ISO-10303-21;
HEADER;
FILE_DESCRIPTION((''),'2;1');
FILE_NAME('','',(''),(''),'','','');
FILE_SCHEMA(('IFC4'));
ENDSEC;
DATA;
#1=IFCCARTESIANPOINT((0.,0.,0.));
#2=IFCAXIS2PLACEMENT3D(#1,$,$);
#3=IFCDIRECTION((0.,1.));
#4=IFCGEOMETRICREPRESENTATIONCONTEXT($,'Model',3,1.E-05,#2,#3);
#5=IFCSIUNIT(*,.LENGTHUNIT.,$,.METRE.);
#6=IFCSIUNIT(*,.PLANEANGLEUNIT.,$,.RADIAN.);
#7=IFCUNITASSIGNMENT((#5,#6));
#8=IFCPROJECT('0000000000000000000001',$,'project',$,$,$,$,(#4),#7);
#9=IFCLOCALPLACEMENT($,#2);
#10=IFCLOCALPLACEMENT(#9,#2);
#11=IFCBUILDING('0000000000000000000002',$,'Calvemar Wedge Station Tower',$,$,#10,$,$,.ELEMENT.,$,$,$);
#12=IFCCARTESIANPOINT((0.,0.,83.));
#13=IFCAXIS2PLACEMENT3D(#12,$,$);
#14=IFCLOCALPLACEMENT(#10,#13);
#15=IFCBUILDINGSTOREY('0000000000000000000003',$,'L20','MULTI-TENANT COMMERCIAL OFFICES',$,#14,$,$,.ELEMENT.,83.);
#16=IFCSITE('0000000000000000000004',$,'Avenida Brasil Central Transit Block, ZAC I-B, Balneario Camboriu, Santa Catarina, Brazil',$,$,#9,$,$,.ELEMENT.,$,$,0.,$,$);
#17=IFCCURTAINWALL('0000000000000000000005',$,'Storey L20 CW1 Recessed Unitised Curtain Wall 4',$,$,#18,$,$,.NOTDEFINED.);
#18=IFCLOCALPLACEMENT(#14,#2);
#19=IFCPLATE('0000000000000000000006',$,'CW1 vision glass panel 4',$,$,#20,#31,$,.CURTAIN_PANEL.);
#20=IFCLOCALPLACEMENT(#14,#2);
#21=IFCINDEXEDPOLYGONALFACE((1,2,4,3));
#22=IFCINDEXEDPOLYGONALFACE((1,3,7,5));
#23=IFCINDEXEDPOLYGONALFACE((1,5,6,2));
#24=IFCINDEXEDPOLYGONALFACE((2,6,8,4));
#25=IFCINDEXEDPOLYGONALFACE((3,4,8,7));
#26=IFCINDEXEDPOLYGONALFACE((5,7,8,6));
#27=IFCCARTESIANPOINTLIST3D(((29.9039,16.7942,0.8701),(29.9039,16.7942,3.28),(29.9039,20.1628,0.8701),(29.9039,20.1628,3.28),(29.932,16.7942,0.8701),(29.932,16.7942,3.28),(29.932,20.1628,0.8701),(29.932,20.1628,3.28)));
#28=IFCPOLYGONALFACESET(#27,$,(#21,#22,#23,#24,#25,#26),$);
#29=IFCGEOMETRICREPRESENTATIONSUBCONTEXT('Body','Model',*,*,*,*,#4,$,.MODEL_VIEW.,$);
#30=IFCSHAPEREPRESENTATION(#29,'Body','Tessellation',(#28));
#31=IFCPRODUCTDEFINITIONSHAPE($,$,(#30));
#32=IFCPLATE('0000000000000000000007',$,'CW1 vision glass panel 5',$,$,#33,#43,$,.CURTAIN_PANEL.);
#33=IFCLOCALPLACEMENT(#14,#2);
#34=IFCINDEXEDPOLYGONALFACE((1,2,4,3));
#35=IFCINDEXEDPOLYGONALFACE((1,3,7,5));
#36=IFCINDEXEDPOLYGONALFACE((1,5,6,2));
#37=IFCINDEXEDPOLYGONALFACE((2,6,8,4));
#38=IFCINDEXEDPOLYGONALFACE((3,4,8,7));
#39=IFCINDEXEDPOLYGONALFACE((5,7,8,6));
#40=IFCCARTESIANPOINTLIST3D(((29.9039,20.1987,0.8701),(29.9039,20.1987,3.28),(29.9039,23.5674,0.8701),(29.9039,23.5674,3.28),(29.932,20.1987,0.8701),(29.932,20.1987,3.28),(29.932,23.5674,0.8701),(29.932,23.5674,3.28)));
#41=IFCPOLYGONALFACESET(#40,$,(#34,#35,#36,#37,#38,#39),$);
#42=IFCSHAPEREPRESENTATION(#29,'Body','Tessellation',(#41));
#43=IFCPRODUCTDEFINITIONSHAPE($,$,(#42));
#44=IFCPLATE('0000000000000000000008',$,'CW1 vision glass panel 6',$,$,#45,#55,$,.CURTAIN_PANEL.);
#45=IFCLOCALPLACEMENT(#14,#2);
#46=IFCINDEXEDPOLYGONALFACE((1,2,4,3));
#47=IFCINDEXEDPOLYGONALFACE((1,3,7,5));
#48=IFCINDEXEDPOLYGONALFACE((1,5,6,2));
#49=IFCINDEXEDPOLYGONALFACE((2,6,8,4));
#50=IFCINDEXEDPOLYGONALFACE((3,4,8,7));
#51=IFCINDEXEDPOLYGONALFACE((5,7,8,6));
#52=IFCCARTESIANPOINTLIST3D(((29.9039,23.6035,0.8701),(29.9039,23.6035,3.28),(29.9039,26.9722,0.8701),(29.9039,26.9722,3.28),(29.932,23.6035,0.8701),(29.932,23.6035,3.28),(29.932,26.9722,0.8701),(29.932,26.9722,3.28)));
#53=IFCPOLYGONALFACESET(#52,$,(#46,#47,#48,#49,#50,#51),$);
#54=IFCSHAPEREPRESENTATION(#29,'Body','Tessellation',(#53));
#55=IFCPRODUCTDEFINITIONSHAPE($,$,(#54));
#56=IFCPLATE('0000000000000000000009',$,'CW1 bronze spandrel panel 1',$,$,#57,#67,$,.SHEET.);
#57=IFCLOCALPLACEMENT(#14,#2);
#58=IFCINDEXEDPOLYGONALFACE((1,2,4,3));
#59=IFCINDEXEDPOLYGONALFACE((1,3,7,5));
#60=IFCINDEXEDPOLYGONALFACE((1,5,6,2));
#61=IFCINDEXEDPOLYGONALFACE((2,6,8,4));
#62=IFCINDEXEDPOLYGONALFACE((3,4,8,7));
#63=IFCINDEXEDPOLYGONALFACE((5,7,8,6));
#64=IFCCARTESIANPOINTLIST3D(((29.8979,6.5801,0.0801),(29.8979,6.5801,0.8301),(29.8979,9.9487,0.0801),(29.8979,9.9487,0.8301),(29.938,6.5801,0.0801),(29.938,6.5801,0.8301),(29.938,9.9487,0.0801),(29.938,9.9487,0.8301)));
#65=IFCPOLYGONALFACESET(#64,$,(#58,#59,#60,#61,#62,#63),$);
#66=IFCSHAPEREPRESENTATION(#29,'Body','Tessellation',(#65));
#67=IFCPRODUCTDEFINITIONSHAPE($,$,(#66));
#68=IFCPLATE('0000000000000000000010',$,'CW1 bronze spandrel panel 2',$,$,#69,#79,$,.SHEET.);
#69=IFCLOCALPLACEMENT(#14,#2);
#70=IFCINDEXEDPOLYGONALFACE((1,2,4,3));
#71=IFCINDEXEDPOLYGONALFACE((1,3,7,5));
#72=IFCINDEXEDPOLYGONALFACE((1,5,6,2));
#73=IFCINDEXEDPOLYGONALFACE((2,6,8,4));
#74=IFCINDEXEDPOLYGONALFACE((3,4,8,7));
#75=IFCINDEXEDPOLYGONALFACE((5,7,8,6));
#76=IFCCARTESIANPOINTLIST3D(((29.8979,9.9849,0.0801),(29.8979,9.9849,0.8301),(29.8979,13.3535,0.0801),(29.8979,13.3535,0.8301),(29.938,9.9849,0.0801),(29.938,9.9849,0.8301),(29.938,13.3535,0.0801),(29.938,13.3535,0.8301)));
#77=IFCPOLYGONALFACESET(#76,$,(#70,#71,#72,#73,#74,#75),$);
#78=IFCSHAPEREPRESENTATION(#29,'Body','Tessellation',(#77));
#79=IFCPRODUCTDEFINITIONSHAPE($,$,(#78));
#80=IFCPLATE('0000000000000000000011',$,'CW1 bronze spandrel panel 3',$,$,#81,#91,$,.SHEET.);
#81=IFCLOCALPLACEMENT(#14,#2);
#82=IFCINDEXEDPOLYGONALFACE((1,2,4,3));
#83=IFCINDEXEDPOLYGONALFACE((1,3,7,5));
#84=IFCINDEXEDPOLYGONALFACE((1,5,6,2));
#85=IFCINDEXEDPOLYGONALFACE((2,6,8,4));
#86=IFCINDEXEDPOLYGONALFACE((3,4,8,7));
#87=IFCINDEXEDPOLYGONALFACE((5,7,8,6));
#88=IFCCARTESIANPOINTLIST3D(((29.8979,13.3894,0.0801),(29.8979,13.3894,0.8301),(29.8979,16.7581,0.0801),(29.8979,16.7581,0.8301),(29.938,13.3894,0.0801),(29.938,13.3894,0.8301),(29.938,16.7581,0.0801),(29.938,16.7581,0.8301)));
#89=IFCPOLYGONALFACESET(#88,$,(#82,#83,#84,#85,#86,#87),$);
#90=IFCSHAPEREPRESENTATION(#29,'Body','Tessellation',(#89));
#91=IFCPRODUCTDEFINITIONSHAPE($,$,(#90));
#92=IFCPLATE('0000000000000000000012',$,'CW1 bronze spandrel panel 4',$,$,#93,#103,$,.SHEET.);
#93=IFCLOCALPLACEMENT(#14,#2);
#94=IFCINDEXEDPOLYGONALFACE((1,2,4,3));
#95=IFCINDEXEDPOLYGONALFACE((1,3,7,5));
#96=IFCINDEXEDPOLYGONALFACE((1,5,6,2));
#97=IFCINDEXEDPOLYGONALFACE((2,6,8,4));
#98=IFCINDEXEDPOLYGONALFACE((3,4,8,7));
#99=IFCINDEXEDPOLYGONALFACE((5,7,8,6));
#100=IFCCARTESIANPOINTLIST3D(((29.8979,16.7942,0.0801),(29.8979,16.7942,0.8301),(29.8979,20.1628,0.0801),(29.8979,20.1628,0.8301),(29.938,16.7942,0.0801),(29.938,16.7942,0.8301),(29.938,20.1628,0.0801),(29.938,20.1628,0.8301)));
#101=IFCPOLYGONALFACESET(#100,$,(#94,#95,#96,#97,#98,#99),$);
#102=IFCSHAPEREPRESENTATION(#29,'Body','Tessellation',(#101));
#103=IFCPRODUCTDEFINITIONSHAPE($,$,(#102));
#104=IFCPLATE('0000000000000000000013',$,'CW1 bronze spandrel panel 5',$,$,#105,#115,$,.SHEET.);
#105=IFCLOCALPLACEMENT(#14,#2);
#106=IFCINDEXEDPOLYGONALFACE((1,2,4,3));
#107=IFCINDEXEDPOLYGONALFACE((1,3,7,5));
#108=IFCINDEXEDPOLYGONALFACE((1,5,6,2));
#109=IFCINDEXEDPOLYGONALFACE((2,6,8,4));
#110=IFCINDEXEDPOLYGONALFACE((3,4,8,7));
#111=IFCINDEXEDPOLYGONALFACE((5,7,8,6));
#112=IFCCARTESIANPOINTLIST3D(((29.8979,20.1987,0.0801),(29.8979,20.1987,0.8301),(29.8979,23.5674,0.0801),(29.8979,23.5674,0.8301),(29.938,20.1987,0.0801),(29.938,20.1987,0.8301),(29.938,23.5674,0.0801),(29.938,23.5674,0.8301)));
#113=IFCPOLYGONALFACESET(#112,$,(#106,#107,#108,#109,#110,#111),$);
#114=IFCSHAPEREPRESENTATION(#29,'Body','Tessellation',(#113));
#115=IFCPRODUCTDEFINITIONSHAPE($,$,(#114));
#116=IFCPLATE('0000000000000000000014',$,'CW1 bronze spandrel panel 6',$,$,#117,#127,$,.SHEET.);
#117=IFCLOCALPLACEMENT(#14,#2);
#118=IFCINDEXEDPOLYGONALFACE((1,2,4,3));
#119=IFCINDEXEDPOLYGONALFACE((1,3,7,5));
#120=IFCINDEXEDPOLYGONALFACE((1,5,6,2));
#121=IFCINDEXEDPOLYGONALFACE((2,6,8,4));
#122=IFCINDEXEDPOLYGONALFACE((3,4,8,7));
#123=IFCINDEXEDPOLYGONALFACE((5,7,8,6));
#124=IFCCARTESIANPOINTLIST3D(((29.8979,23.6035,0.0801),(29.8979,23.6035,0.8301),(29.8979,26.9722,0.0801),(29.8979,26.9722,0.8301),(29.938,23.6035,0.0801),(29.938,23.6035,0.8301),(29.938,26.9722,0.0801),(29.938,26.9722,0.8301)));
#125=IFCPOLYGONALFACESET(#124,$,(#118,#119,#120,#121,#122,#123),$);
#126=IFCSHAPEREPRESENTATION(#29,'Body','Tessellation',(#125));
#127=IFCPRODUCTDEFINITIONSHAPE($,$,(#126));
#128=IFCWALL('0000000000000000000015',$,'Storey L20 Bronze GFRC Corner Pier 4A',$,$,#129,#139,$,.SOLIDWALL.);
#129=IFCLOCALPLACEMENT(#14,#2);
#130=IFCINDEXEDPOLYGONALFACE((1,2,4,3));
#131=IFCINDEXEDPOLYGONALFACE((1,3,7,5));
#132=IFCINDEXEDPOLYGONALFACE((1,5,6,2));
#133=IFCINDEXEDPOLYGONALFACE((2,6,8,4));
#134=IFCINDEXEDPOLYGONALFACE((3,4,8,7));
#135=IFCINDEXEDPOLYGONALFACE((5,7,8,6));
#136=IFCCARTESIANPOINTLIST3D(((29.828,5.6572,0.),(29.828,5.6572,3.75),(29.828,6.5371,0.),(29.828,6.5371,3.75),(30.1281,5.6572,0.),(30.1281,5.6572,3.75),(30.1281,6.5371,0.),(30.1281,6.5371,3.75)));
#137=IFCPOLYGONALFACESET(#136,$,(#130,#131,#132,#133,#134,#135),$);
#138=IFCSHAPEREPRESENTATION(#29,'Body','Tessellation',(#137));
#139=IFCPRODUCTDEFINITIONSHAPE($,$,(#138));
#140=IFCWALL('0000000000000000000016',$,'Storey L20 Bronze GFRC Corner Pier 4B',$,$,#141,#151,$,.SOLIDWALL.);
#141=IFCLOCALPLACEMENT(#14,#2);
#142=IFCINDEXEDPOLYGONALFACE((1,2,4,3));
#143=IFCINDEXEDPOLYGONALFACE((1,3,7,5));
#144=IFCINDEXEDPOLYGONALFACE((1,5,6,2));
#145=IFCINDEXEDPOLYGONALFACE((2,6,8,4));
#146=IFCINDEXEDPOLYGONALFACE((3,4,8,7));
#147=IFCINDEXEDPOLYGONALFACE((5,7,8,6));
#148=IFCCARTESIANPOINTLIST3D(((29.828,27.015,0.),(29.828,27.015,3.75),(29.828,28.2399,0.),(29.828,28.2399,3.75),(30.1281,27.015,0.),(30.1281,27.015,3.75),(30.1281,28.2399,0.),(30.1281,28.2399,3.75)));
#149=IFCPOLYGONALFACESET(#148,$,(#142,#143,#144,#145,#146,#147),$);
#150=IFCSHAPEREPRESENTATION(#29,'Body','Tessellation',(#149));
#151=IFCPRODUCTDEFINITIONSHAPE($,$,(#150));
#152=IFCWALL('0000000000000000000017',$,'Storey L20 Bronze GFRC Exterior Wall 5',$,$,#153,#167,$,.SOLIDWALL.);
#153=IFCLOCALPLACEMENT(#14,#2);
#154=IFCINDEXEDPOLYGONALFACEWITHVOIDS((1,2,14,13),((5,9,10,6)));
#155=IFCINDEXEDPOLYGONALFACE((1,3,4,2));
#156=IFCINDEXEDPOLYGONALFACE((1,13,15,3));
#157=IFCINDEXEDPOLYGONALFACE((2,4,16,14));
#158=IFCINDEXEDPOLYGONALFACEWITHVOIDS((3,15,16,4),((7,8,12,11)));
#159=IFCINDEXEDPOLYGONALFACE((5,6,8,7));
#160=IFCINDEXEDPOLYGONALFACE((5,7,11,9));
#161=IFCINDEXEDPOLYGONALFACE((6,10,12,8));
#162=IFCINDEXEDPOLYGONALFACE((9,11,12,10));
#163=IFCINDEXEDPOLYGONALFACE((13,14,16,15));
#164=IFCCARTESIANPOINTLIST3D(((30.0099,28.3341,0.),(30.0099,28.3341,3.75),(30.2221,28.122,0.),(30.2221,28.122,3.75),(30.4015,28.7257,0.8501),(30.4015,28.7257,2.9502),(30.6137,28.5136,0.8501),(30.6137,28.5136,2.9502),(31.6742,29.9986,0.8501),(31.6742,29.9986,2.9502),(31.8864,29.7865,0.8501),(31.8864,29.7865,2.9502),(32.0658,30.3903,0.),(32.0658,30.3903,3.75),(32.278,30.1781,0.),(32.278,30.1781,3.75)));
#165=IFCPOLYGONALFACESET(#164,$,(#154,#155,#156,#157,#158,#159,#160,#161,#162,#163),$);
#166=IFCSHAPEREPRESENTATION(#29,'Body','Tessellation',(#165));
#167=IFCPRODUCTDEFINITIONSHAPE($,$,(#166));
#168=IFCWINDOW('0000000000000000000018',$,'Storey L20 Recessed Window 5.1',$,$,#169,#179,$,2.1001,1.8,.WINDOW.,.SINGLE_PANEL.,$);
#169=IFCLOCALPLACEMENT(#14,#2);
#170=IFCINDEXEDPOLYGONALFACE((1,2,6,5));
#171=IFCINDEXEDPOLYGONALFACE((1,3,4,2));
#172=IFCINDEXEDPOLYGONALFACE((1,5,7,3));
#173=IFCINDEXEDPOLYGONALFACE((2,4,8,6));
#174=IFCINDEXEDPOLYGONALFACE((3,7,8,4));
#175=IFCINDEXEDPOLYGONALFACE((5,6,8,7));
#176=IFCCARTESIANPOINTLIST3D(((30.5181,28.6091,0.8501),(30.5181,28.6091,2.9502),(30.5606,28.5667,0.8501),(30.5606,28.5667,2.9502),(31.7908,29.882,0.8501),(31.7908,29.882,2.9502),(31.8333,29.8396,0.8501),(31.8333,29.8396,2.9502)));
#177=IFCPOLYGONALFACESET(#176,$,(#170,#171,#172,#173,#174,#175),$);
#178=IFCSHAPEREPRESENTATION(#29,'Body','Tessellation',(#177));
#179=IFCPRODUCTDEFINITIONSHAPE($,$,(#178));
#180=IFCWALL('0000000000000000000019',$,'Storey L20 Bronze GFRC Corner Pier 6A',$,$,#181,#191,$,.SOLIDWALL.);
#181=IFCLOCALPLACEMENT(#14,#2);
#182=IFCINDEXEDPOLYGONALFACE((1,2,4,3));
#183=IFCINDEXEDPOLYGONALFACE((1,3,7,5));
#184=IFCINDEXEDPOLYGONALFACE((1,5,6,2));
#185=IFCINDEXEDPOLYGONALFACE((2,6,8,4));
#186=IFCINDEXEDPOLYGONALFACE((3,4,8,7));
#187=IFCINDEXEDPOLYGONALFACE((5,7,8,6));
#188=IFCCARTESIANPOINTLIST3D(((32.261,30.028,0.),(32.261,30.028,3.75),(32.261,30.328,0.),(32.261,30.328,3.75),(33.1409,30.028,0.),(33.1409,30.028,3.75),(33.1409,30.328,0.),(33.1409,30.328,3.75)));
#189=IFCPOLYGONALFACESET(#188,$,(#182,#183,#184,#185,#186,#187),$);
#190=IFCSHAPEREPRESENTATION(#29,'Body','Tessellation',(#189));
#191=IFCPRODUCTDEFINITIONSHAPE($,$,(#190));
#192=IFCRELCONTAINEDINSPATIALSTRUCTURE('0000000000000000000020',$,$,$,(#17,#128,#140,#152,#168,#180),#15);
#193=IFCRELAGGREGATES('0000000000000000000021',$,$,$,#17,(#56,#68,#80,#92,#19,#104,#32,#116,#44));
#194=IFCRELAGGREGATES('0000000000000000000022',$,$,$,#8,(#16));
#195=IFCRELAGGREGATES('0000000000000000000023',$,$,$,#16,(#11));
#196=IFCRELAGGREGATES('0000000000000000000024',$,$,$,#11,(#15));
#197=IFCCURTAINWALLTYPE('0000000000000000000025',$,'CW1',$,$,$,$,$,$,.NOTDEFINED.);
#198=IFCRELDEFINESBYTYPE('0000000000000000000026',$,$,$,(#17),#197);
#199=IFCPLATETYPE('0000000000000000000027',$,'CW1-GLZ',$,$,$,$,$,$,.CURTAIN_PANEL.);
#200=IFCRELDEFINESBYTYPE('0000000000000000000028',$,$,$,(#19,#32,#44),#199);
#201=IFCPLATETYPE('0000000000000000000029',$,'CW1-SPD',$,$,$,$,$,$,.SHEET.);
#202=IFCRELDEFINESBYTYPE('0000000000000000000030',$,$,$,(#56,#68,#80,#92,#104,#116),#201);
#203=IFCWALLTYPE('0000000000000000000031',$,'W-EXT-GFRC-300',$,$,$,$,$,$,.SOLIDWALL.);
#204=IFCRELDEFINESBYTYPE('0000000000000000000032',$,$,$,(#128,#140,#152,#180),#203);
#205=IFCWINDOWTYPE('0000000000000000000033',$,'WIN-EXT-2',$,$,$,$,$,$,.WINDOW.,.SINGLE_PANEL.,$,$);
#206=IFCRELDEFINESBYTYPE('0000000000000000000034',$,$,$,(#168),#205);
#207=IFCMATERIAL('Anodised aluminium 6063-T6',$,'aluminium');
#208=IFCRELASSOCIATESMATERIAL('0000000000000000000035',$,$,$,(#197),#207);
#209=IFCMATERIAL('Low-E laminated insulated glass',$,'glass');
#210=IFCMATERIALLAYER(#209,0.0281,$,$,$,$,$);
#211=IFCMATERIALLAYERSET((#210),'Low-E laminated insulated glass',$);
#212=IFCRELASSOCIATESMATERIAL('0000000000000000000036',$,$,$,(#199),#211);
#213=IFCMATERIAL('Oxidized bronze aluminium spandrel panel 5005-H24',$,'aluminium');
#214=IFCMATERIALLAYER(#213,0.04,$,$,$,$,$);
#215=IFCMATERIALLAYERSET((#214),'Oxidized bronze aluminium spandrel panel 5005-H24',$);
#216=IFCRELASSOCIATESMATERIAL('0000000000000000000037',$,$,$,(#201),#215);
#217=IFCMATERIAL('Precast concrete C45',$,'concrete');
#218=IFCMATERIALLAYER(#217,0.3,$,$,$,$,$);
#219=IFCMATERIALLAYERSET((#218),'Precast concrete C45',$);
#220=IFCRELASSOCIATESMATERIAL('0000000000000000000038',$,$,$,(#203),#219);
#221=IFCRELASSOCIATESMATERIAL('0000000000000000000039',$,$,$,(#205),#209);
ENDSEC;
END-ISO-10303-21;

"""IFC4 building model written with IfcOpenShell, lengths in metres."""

from ifc_helpers import new_model, si_unit, direction, frame, frame_2d, origin, place, context, subcontext, project, spatial, rectangle, extrude, source, transform, mapped, material, layer, layer_set, type_object, element, fill, aggregate, save


model = new_model("IFC4")

# Units and contexts
model_context = context("Model", 3, precision=1e-05, world=origin(), true_north=direction((0.0, 1.0)))
body_context = subcontext(model_context, "Body", "Model", "MODEL_VIEW")
ifc_project = project(units=[si_unit("LENGTHUNIT", "METRE"), si_unit("PLANEANGLEUNIT", "RADIAN")], contexts=[model_context])

# Site, building, storey
site_placement = place(None, origin())
site = spatial("IfcSite", under=ifc_project, at=site_placement, Name="Avenida Brasil Central Transit Block, ZAC I-B, Balneario Camboriu, Santa Catarina, Brazil", CompositionType="ELEMENT", RefElevation=0.0)
building_placement = place(site_placement, origin())
building = spatial("IfcBuilding", under=site, at=building_placement, Name="Calvemar Wedge Station Tower", CompositionType="ELEMENT")
storey_placement = place(building_placement, frame((0.0, 0.0, 83.0)))
storey = spatial("IfcBuildingStorey", under=building, at=storey_placement, Name="L20", Description="MULTI-TENANT COMMERCIAL OFFICES", CompositionType="ELEMENT", Elevation=83.0)

# Curtain wall, plates
ifc_material_1 = material(Name="Anodised aluminium 6063-T6", Category="aluminium")
curtain_wall_type = type_object("IfcCurtainWallType", Name="CW1", PredefinedType="NOTDEFINED", material=ifc_material_1)
curtain_wall_placement = place(storey_placement, origin())
curtain_wall = element("IfcCurtainWall", 1, at=curtain_wall_placement, inside=storey, type_object=curtain_wall_type, Name="Storey L20 CW1 Recessed Unitised Curtain Wall 4", PredefinedType="NOTDEFINED")
ifc_material_2 = material(Name="Low-E laminated insulated glass", Category="glass")
ifc_layer_1 = layer(ifc_material_2, 0.0281)
ifc_layer_set_1 = layer_set([ifc_layer_1], Name="Low-E laminated insulated glass")
plate_type_1 = type_object("IfcPlateType", Name="CW1-GLZ", PredefinedType="CURTAIN_PANEL", material=ifc_layer_set_1)
plate_1_placement = place(storey_placement, frame((29.918, 16.7942, 0.8701), z_axis=(0.0, 0.0, 1.0), x_axis=(0.0, 1.0, 0.0)))
plate_1 = element("IfcPlate", 2, at=plate_1_placement, type_object=plate_type_1, Name="CW1 vision glass panel 4", PredefinedType="CURTAIN_PANEL", context=body_context, shape_type="SweptSolid", body=[
    extrude(rectangle(XDim=3.3687, YDim=0.0281, at=frame_2d((1.6843, 0.0))), origin(), (0.0, 0.0, 1.0), 2.4099),
])
plate_2_placement = place(storey_placement, frame((29.918, 20.1987, 0.8701), z_axis=(0.0, 0.0, 1.0), x_axis=(0.0, 1.0, 0.0)))
plate_2 = element("IfcPlate", 3, at=plate_2_placement, type_object=plate_type_1, Name="CW1 vision glass panel 5", PredefinedType="CURTAIN_PANEL", context=body_context, shape_type="SweptSolid", body=[
    extrude(rectangle(XDim=3.3687, YDim=0.0281, at=frame_2d((1.6843, 0.0))), origin(), (0.0, 0.0, 1.0), 2.4099),
])
plate_3_placement = place(storey_placement, frame((29.918, 23.6035, 0.8701), z_axis=(0.0, 0.0, 1.0), x_axis=(0.0, 1.0, 0.0)))
plate_3 = element("IfcPlate", 4, at=plate_3_placement, type_object=plate_type_1, Name="CW1 vision glass panel 6", PredefinedType="CURTAIN_PANEL", context=body_context, shape_type="SweptSolid", body=[
    extrude(rectangle(XDim=3.3687, YDim=0.0281, at=frame_2d((1.6843, 0.0))), origin(), (0.0, 0.0, 1.0), 2.4099),
])
ifc_material_3 = material(Name="Oxidized bronze aluminium spandrel panel 5005-H24", Category="aluminium")
ifc_layer_2 = layer(ifc_material_3, 0.04)
ifc_layer_set_2 = layer_set([ifc_layer_2], Name="Oxidized bronze aluminium spandrel panel 5005-H24")
plate_type_2 = type_object("IfcPlateType", Name="CW1-SPD", PredefinedType="SHEET", material=ifc_layer_set_2)
plate_4_placement = place(storey_placement, frame((29.918, 6.5801, 0.0801), z_axis=(0.0, 0.0, 1.0), x_axis=(0.0, 1.0, 0.0)))
plate_4 = element("IfcPlate", 5, at=plate_4_placement, type_object=plate_type_2, Name="CW1 bronze spandrel panel 1", PredefinedType="SHEET", context=body_context, shape_type="SweptSolid", body=[
    extrude(rectangle(XDim=3.3687, YDim=0.04, at=frame_2d((1.6843, 0.0))), origin(), (0.0, 0.0, 1.0), 0.75),
])
plate_5_placement = place(storey_placement, frame((29.918, 9.9849, 0.0801), z_axis=(0.0, 0.0, 1.0), x_axis=(0.0, 1.0, 0.0)))
plate_5 = element("IfcPlate", 6, at=plate_5_placement, type_object=plate_type_2, Name="CW1 bronze spandrel panel 2", PredefinedType="SHEET", context=body_context, shape_type="SweptSolid", body=[
    extrude(rectangle(XDim=3.3687, YDim=0.04, at=frame_2d((1.6843, 0.0))), origin(), (0.0, 0.0, 1.0), 0.75),
])
plate_6_placement = place(storey_placement, frame((29.918, 13.3894, 0.0801), z_axis=(0.0, 0.0, 1.0), x_axis=(0.0, 1.0, 0.0)))
plate_6 = element("IfcPlate", 7, at=plate_6_placement, type_object=plate_type_2, Name="CW1 bronze spandrel panel 3", PredefinedType="SHEET", context=body_context, shape_type="SweptSolid", body=[
    extrude(rectangle(XDim=3.3687, YDim=0.04, at=frame_2d((1.6843, 0.0))), origin(), (0.0, 0.0, 1.0), 0.75),
])
plate_7_placement = place(storey_placement, frame((29.918, 16.7942, 0.0801), z_axis=(0.0, 0.0, 1.0), x_axis=(0.0, 1.0, 0.0)))
plate_7 = element("IfcPlate", 8, at=plate_7_placement, type_object=plate_type_2, Name="CW1 bronze spandrel panel 4", PredefinedType="SHEET", context=body_context, shape_type="SweptSolid", body=[
    extrude(rectangle(XDim=3.3687, YDim=0.04, at=frame_2d((1.6843, 0.0))), origin(), (0.0, 0.0, 1.0), 0.75),
])
plate_8_placement = place(storey_placement, frame((29.918, 20.1987, 0.0801), z_axis=(0.0, 0.0, 1.0), x_axis=(0.0, 1.0, 0.0)))
plate_8 = element("IfcPlate", 9, at=plate_8_placement, type_object=plate_type_2, Name="CW1 bronze spandrel panel 5", PredefinedType="SHEET", context=body_context, shape_type="SweptSolid", body=[
    extrude(rectangle(XDim=3.3687, YDim=0.04, at=frame_2d((1.6843, 0.0))), origin(), (0.0, 0.0, 1.0), 0.75),
])
plate_9_placement = place(storey_placement, frame((29.918, 23.6035, 0.0801), z_axis=(0.0, 0.0, 1.0), x_axis=(0.0, 1.0, 0.0)))
plate_9 = element("IfcPlate", 10, at=plate_9_placement, type_object=plate_type_2, Name="CW1 bronze spandrel panel 6", PredefinedType="SHEET", context=body_context, shape_type="SweptSolid", body=[
    extrude(rectangle(XDim=3.3687, YDim=0.04, at=frame_2d((1.6843, 0.0))), origin(), (0.0, 0.0, 1.0), 0.75),
])
aggregate(curtain_wall, [plate_4, plate_5, plate_6, plate_7, plate_1, plate_8, plate_2, plate_9, plate_3])

# Walls
ifc_material_4 = material(Name="Precast concrete C45", Category="concrete")
ifc_layer_3 = layer(ifc_material_4, 0.3)
ifc_layer_set_3 = layer_set([ifc_layer_3], Name="Precast concrete C45")
wall_type = type_object("IfcWallType", Name="W-EXT-GFRC-300", PredefinedType="SOLIDWALL", material=ifc_layer_set_3)
wall_1_placement = place(storey_placement, frame((29.978, 5.6572, 0.0), z_axis=(0.0, 0.0, 1.0), x_axis=(0.0, 1.0, 0.0)))
element("IfcWall", 11, at=wall_1_placement, inside=storey, type_object=wall_type, Name="Storey L20 Bronze GFRC Corner Pier 4A", PredefinedType="SOLIDWALL", context=body_context, shape_type="SweptSolid", body=[
    extrude(rectangle(XDim=0.8799, YDim=0.3, at=frame_2d((0.4399, 0.0))), origin(), (0.0, 0.0, 1.0), 3.75),
])
wall_2_placement = place(storey_placement, frame((29.978, 27.0151, 0.0), z_axis=(0.0, 0.0, 1.0), x_axis=(0.0, 1.0, 0.0)))
element("IfcWall", 12, at=wall_2_placement, inside=storey, type_object=wall_type, Name="Storey L20 Bronze GFRC Corner Pier 4B", PredefinedType="SOLIDWALL", context=body_context, shape_type="SweptSolid", body=[
    extrude(rectangle(XDim=1.2249, YDim=0.3, at=frame_2d((0.6123, 0.0))), origin(), (0.0, 0.0, 1.0), 3.75),
])

# Wall, opening, window
wall_3_placement = place(storey_placement, frame((30.116, 28.228, 0.0), z_axis=(0.0, 0.0, 1.0), x_axis=(0.707065, 0.707149, 0.0)))
wall_3 = element("IfcWall", 13, at=wall_3_placement, inside=storey, type_object=wall_type, Name="Storey L20 Bronze GFRC Exterior Wall 5", PredefinedType="SOLIDWALL", context=body_context, shape_type="SweptSolid", body=[
    extrude(rectangle(XDim=2.9077, YDim=0.3, at=frame_2d((1.4539, 0.0))), origin(), (0.0, 0.0, 1.0), 3.75),
])
shared_shape_1 = source(origin(), body_context, "Body", "SweptSolid", [
    extrude(rectangle(XDim=1.8, YDim=2.1001, at=frame_2d((0.8999, 1.05))), frame((0.0, 0.1602, 0.0), z_axis=(0.0, -1.0, 0.0), x_axis=(1.0, 0.0, 0.0)), (0.0, 0.0, 1.0), 0.3201),
])
opening_placement = place(wall_3_placement, frame((0.554, 0.0, 0.8501)))
opening = element("IfcOpeningElement", 14, at=opening_placement, cuts=wall_3, PredefinedType="OPENING", context=body_context, shape_type="MappedRepresentation", body=[
    mapped(shared_shape_1, transform((0.0, 0.0, 0.0), scale=1.0)),
])
window_type = type_object("IfcWindowType", Name="WIN-EXT-2", PartitioningType="SINGLE_PANEL", PredefinedType="WINDOW", material=ifc_material_2)
shared_shape_2 = source(origin(), body_context, "Body", "SweptSolid", [
    extrude(rectangle(XDim=1.8, YDim=2.1001, at=frame_2d((0.8999, 1.05))), frame((0.0, -0.0149, 0.0), z_axis=(0.0, -1.0, 0.0), x_axis=(1.0, 0.0, 0.0)), (0.0, 0.0, 1.0), 0.0601),
])
window_placement = place(opening_placement, origin())
window = element("IfcWindow", 15, at=window_placement, inside=storey, type_object=window_type, Name="Storey L20 Recessed Window 5.1", OverallHeight=2.1001, OverallWidth=1.8, PartitioningType="SINGLE_PANEL", PredefinedType="WINDOW", context=body_context, shape_type="MappedRepresentation", body=[
    mapped(shared_shape_2, transform((0.0, 0.0, 0.0), scale=1.0)),
])
fill(opening, window)

# Wall
wall_4_placement = place(storey_placement, frame((32.261, 30.178, 0.0), z_axis=(0.0, 0.0, 1.0), x_axis=(1.0, 0.0, 0.0)))
element("IfcWall", 16, at=wall_4_placement, inside=storey, type_object=wall_type, Name="Storey L20 Bronze GFRC Corner Pier 6A", PredefinedType="SOLIDWALL", context=body_context, shape_type="SweptSolid", body=[
    extrude(rectangle(XDim=0.8799, YDim=0.3, at=frame_2d((0.4399, 0.0))), origin(), (0.0, 0.0, 1.0), 3.75),
])

save(model, "model.ifc")
